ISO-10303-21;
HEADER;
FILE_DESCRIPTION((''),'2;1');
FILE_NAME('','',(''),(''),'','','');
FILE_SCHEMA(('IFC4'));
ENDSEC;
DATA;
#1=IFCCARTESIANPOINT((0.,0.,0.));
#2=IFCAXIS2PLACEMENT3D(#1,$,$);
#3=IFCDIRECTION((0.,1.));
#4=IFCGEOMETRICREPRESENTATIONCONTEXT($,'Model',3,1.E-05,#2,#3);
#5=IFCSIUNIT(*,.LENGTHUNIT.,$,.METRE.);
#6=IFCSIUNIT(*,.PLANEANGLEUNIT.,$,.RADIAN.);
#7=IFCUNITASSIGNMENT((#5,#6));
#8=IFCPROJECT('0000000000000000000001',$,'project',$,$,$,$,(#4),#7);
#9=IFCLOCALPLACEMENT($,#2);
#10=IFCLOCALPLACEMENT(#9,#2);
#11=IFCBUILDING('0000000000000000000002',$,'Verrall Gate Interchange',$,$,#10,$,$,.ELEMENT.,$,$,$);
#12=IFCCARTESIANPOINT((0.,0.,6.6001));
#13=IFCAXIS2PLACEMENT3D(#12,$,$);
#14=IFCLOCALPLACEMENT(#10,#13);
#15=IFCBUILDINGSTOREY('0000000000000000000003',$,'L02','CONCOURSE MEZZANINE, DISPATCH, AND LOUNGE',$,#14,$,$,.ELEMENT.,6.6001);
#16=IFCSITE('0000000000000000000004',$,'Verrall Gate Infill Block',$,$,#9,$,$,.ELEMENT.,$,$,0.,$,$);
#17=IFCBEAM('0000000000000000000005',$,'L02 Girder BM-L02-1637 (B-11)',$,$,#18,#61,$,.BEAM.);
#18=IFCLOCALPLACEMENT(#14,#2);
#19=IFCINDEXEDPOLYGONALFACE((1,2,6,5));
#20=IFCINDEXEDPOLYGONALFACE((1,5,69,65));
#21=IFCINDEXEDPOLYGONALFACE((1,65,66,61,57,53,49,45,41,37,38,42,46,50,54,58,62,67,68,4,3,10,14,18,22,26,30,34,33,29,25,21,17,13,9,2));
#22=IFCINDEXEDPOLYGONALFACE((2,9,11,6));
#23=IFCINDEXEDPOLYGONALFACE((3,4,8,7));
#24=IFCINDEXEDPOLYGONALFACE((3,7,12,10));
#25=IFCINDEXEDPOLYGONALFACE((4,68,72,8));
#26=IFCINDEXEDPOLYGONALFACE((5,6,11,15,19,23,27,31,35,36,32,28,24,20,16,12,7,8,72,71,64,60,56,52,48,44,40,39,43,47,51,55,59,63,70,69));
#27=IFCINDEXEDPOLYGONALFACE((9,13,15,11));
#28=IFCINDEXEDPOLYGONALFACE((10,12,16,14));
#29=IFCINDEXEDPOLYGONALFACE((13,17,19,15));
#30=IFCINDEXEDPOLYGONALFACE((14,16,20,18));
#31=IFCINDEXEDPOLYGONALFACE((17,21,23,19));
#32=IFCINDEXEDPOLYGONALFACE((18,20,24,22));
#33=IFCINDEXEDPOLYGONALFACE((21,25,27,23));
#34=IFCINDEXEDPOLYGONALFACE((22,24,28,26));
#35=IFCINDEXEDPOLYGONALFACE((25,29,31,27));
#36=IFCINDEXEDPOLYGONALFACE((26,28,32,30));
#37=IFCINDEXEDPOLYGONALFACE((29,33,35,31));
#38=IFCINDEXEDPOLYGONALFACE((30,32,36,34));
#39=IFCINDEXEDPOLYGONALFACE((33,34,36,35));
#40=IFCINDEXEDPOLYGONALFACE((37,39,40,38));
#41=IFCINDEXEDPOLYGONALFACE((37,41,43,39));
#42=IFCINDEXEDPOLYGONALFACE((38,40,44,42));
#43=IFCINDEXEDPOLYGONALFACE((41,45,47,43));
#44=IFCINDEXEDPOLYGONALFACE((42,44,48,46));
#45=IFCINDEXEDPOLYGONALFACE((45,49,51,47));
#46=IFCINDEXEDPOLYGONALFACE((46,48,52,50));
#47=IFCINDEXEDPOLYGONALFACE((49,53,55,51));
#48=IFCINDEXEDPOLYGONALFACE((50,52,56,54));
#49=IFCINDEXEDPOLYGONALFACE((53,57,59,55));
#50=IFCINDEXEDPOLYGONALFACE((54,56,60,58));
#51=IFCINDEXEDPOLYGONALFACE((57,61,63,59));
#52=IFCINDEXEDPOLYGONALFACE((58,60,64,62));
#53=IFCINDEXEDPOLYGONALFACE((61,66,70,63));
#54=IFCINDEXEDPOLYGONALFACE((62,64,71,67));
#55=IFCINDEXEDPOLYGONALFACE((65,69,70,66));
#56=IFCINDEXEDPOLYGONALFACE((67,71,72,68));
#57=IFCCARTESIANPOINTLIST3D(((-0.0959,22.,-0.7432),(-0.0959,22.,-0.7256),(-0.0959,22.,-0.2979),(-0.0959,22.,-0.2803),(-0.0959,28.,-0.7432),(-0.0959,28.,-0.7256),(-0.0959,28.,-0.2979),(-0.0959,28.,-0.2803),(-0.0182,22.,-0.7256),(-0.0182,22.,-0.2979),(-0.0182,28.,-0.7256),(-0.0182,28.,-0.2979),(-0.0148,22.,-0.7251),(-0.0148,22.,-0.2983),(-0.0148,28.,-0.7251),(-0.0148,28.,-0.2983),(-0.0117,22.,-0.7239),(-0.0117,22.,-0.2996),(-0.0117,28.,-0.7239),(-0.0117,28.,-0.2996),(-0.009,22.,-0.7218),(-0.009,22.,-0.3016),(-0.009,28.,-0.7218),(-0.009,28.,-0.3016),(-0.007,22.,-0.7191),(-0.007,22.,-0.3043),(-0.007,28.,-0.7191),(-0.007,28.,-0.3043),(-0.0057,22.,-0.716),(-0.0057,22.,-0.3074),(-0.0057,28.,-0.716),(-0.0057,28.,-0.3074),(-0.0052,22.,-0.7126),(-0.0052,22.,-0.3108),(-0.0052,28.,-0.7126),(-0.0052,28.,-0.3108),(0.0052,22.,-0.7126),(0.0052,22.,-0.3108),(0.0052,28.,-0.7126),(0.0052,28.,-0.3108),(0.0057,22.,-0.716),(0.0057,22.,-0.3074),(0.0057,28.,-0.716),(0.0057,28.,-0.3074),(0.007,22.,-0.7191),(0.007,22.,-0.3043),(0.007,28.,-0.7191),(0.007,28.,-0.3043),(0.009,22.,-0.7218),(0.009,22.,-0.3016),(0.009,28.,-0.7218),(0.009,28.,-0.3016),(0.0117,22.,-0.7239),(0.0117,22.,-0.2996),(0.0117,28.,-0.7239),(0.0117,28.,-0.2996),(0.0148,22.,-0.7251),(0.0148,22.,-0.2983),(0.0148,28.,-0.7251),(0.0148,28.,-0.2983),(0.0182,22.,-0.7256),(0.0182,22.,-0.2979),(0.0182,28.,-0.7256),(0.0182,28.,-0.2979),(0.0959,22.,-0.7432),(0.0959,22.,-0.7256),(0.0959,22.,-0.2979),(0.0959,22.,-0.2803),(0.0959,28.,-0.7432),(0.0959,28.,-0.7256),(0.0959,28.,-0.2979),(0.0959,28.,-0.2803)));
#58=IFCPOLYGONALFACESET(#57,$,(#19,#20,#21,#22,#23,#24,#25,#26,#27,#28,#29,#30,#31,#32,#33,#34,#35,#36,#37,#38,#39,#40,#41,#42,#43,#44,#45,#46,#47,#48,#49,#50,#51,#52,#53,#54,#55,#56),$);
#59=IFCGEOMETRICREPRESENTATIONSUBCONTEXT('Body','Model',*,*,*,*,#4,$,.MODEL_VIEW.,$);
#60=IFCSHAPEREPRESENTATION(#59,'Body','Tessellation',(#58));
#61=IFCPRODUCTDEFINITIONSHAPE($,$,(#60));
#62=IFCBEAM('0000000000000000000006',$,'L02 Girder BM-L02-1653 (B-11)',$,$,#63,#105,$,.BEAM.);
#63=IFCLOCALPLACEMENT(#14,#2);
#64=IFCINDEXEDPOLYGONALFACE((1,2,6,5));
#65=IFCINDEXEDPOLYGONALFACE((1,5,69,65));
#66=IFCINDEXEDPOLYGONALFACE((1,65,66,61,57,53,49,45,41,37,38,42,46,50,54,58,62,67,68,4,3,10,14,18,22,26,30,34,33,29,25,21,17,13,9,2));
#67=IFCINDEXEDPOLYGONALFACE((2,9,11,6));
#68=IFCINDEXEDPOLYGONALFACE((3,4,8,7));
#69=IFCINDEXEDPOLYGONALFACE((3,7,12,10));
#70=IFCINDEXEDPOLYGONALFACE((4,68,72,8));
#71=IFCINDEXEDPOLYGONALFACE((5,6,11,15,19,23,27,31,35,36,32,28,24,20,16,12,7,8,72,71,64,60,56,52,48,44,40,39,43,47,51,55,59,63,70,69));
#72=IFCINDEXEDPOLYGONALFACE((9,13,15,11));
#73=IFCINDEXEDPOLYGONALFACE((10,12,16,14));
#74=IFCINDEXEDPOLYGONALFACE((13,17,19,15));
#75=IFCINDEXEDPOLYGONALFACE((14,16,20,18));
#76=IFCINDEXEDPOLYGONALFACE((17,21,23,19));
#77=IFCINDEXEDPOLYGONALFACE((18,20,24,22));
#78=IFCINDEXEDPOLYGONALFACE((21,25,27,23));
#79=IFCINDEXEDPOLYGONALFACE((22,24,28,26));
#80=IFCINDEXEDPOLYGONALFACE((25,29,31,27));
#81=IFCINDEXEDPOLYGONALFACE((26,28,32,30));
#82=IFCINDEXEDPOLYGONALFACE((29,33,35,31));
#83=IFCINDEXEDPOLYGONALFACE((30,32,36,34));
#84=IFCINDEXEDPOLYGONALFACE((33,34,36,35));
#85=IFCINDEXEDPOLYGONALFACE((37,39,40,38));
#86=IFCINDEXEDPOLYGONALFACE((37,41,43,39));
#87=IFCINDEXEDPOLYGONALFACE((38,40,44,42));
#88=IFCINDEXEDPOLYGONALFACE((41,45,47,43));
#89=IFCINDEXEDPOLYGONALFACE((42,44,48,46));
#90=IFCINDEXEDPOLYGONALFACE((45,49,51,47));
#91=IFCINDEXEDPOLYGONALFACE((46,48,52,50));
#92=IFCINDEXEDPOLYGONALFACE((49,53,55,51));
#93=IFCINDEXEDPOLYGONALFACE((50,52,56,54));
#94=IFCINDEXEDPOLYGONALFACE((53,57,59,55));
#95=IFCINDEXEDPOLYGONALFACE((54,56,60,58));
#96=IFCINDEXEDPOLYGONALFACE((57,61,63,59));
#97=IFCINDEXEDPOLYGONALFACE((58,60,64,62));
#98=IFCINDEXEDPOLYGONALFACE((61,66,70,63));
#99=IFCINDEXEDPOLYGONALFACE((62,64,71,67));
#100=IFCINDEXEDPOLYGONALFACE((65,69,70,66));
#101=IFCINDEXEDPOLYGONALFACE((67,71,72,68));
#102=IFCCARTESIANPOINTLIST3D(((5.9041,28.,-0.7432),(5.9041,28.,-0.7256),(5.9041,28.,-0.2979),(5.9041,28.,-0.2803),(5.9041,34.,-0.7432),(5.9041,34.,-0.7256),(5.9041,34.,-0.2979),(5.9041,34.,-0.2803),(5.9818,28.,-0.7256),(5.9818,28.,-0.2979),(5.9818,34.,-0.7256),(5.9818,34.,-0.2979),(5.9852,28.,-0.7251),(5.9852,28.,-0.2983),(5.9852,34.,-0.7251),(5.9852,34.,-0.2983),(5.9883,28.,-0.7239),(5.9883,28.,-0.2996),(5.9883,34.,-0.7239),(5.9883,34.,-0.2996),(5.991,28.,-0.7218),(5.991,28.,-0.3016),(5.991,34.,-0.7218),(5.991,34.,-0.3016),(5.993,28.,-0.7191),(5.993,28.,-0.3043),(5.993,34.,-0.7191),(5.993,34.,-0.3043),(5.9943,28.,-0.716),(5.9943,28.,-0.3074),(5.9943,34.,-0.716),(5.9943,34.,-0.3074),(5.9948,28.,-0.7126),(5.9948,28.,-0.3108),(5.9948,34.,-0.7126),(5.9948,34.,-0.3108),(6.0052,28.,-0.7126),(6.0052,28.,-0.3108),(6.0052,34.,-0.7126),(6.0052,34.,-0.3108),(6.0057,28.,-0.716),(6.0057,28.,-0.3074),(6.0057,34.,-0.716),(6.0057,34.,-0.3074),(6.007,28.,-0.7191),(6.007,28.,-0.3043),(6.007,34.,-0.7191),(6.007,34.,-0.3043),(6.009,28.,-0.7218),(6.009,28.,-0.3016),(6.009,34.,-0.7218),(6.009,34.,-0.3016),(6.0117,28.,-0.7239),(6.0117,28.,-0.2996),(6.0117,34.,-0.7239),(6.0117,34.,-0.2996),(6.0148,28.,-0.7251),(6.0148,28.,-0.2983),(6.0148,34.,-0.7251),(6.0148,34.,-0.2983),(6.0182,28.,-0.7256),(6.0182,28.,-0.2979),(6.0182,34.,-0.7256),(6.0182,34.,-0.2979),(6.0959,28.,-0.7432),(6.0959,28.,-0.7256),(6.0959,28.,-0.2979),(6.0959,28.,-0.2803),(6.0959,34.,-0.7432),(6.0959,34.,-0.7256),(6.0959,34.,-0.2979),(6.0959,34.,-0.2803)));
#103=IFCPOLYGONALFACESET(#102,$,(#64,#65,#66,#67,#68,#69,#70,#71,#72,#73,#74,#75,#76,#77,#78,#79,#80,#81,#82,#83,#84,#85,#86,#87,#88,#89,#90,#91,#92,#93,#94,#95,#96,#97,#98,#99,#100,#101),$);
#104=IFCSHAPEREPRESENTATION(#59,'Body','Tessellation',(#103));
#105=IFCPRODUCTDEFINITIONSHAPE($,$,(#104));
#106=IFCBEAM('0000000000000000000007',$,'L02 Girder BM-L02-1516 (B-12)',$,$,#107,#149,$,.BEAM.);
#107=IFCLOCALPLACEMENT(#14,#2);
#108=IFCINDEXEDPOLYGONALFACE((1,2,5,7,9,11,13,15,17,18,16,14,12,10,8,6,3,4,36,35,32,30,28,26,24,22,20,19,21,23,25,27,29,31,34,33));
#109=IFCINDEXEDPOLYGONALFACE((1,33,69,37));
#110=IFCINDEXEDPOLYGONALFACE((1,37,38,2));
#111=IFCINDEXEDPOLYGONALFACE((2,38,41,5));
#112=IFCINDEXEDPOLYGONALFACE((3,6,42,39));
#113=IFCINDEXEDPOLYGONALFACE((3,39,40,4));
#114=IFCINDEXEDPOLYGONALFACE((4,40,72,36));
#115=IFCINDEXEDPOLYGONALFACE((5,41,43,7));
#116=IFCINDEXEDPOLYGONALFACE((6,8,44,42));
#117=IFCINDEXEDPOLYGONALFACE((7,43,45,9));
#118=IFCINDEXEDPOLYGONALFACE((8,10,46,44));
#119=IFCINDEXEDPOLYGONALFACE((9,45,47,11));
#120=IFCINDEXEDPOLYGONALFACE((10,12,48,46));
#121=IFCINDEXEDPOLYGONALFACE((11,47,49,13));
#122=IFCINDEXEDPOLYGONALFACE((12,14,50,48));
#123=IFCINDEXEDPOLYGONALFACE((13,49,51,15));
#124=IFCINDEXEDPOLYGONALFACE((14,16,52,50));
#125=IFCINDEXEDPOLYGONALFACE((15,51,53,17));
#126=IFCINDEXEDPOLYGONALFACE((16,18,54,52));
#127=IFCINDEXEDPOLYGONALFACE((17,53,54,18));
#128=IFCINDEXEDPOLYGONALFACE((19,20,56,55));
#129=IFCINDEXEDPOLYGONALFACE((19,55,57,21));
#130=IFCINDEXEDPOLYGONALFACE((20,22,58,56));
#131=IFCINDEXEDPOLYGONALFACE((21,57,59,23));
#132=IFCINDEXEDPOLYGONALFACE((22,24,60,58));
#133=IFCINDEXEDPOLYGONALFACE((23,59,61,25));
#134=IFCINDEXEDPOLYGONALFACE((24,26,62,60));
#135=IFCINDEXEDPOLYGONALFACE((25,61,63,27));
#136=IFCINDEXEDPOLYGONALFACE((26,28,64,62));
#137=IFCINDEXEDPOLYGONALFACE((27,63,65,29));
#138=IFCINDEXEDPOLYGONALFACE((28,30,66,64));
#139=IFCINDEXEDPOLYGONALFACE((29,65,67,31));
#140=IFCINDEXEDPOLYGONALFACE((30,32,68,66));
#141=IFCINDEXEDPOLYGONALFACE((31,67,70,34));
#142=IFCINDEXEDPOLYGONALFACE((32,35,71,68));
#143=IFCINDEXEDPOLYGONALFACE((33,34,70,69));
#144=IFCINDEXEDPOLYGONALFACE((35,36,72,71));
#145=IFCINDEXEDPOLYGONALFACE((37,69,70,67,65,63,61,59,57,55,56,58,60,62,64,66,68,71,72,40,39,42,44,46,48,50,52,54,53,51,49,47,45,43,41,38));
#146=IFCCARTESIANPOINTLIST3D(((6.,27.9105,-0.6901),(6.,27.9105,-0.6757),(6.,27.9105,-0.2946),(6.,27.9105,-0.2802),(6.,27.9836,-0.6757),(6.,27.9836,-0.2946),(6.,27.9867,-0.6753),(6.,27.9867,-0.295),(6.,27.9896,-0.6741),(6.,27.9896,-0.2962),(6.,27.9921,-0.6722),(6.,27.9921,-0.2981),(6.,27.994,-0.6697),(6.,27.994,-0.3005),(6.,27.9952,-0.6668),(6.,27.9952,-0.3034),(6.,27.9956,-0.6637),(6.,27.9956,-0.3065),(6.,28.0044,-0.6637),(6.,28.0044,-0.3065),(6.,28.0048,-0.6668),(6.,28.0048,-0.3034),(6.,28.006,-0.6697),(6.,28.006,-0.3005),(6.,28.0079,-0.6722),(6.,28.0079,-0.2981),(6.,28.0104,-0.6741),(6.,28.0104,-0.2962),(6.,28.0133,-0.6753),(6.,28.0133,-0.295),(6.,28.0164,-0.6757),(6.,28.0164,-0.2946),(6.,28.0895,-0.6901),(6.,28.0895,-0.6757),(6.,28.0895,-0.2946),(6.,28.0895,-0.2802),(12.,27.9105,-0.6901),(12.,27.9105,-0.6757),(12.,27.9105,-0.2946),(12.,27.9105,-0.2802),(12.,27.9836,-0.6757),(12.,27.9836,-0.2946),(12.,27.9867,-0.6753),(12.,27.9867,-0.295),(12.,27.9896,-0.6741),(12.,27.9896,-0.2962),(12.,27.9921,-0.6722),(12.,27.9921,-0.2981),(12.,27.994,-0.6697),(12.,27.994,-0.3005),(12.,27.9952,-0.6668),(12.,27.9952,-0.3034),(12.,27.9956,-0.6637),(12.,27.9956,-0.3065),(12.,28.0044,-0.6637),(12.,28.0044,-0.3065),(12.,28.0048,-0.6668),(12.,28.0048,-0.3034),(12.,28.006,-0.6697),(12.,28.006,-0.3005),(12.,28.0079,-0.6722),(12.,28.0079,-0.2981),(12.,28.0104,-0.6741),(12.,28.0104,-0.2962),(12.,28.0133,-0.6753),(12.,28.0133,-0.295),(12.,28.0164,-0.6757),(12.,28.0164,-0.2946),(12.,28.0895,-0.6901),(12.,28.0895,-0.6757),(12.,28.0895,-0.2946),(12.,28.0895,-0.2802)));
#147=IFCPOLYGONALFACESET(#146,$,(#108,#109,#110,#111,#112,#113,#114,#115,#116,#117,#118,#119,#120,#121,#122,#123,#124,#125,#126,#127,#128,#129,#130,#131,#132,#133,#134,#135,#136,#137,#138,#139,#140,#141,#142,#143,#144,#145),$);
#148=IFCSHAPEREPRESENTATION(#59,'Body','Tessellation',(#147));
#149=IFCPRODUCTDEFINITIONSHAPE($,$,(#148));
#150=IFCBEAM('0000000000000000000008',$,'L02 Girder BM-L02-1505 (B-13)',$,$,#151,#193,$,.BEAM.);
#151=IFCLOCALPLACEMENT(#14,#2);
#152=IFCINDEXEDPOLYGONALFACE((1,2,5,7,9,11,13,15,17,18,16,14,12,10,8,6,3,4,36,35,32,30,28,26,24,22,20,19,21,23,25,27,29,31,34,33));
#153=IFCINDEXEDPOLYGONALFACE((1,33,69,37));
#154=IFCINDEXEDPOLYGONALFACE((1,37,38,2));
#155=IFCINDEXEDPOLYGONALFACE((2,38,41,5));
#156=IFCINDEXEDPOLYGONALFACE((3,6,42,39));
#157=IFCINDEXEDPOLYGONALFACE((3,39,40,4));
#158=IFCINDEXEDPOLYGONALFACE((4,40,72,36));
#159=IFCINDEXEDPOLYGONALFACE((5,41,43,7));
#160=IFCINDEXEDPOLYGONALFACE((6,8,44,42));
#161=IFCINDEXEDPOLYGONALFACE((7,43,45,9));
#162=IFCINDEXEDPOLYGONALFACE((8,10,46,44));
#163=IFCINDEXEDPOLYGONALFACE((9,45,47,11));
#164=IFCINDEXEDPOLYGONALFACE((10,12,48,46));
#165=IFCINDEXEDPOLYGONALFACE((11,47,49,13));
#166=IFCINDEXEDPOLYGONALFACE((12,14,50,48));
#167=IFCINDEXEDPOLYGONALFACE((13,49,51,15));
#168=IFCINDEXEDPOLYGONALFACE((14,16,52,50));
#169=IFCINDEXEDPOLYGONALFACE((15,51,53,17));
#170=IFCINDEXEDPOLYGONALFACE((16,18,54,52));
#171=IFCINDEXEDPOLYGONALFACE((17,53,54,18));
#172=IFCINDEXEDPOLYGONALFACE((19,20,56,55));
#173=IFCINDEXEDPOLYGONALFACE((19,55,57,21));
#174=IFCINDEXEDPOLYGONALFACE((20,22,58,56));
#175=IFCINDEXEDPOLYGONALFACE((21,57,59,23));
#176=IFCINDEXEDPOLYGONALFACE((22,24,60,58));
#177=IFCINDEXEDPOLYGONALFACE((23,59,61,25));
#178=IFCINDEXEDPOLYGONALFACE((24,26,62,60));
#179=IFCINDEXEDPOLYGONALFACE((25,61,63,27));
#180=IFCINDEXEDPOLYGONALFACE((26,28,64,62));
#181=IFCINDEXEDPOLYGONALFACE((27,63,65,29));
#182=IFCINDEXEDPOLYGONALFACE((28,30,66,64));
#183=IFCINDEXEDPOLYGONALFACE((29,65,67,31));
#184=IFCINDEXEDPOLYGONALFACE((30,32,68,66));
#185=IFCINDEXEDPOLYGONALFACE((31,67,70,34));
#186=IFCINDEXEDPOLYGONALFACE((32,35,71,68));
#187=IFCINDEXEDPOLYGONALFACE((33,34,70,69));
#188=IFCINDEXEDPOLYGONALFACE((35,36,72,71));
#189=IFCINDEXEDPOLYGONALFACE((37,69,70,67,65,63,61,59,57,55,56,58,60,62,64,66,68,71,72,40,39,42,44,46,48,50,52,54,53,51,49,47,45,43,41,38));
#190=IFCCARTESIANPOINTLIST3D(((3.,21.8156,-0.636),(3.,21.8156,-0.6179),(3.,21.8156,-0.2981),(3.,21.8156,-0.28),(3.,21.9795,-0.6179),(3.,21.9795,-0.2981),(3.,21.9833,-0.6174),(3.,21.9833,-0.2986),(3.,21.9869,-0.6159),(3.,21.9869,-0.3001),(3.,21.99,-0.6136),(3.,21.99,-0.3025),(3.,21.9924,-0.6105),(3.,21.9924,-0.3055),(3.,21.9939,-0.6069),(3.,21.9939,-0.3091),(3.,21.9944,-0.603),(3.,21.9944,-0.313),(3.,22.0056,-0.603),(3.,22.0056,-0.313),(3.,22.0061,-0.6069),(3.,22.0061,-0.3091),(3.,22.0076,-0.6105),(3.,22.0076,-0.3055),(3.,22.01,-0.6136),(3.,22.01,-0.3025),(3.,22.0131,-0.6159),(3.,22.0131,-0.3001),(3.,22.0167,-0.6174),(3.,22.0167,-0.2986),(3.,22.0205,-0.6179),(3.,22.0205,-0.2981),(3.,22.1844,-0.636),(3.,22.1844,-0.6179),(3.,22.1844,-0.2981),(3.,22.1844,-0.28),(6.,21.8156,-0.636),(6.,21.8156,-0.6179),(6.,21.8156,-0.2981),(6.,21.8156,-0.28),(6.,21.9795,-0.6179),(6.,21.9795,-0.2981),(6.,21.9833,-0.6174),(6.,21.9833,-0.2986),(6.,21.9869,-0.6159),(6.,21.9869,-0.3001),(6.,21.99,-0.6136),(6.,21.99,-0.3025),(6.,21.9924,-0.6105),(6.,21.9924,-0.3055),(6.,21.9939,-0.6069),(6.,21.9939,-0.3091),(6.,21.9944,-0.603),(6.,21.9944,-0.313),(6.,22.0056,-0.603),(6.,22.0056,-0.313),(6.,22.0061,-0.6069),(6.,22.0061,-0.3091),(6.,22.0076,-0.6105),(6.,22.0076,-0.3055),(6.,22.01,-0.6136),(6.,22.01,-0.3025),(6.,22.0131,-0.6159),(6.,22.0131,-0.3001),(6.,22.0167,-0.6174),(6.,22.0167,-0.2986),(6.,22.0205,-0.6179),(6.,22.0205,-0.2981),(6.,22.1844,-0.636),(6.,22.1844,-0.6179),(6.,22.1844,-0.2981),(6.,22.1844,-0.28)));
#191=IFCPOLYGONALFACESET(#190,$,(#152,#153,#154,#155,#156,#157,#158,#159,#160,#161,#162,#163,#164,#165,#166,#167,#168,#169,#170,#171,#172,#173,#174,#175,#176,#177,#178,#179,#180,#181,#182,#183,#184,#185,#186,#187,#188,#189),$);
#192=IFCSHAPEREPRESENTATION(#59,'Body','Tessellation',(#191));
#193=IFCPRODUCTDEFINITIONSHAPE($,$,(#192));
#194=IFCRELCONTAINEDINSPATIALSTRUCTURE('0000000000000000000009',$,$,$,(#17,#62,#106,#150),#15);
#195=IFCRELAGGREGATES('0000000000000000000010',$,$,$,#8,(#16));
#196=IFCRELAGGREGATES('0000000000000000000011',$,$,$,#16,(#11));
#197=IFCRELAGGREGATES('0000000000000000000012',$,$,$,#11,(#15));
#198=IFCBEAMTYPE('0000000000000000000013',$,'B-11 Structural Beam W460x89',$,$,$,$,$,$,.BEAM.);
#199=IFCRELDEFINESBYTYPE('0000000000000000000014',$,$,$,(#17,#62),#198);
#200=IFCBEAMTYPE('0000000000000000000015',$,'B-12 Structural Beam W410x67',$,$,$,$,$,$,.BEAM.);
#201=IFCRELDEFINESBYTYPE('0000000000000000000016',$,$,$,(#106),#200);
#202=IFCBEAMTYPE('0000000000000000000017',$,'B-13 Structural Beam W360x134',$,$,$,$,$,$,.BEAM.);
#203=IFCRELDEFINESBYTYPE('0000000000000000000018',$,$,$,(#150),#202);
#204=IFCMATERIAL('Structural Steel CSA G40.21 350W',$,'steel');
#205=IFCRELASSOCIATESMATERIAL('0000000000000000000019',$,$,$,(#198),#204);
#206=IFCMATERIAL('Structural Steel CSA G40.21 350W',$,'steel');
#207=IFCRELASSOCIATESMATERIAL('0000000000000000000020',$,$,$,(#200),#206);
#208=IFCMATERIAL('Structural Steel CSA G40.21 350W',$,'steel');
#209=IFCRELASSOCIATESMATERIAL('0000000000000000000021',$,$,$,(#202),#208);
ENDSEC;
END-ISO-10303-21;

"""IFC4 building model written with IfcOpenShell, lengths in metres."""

from ifc_helpers import new_model, si_unit, direction, frame, origin, origin_2d, place, context, subcontext, project, spatial, i_section, extrude, material, material_profile, profile_set, type_object, element, save


model = new_model("IFC4")

# Units and contexts
model_context = context("Model", 3, precision=1e-05, world=origin(), true_north=direction((0.0, 1.0)))
body_context = subcontext(model_context, "Body", "Model", "MODEL_VIEW")
ifc_project = project(units=[si_unit("LENGTHUNIT", "METRE"), si_unit("PLANEANGLEUNIT", "RADIAN")], contexts=[model_context])

# Site, building, storey
site_placement = place(None, origin())
site = spatial("IfcSite", under=ifc_project, at=site_placement, Name="Verrall Gate Infill Block", CompositionType="ELEMENT", RefElevation=0.0)
building_placement = place(site_placement, origin())
building = spatial("IfcBuilding", under=site, at=building_placement, Name="Verrall Gate Interchange", CompositionType="ELEMENT")
storey_placement = place(building_placement, frame((0.0, 0.0, 6.6001)))
storey = spatial("IfcBuildingStorey", under=building, at=storey_placement, Name="L02", Description="CONCOURSE MEZZANINE, DISPATCH, AND LOUNGE", CompositionType="ELEMENT", Elevation=6.6001)

# Beams
ifc_material_1 = material(Name="Structural Steel CSA G40.21 350W", Category="steel")
ifc_material_profile_1 = material_profile(ifc_material_1, i_section(OverallWidth=0.1919, OverallDepth=0.4629, WebThickness=0.0105, FlangeThickness=0.0176, FilletRadius=0.0129, at=origin_2d()), Name="W460x89")
ifc_profile_set_1 = profile_set([ifc_material_profile_1], Name="Structural Steel CSA G40.21 350W")
beam_type_1 = type_object("IfcBeamType", Name="B-11 Structural Beam W460x89", PredefinedType="BEAM", material=ifc_profile_set_1)
for number, where, z_axis, x_axis, name in (
    (1, (0.0, 22.0, -0.5117), (0.0, 1.0, 0.0), (-1.0, 0.0, 0.0), "L02 Girder BM-L02-1637 (B-11)"),
    (2, (6.0, 28.0, -0.5117), (0.0, 1.0, 0.0), (-1.0, 0.0, 0.0), "L02 Girder BM-L02-1653 (B-11)"),
):
    element("IfcBeam", number, at=place(storey_placement, frame(where, z_axis=z_axis, x_axis=x_axis)), inside=storey, type_object=beam_type_1, Name=name, PredefinedType="BEAM", context=body_context, shape_type="SweptSolid", body=[
        extrude(i_section(OverallWidth=0.1919, OverallDepth=0.4629, WebThickness=0.0105, FlangeThickness=0.0176, FilletRadius=0.0129, at=origin_2d()), origin(), (0.0, 0.0, 1.0), 6.0),
    ])
ifc_material_2 = material(Name="Structural Steel CSA G40.21 350W", Category="steel")
ifc_material_profile_2 = material_profile(ifc_material_2, i_section(OverallWidth=0.179, OverallDepth=0.4099, WebThickness=0.0088, FlangeThickness=0.0144, FilletRadius=0.012, at=origin_2d()), Name="W410x67")
ifc_profile_set_2 = profile_set([ifc_material_profile_2], Name="Structural Steel CSA G40.21 350W")
beam_type_2 = type_object("IfcBeamType", Name="B-12 Structural Beam W410x67", PredefinedType="BEAM", material=ifc_profile_set_2)
beam_1_placement = place(storey_placement, frame((6.0, 28.0, -0.4851), z_axis=(1.0, 0.0, 0.0), x_axis=(0.0, 1.0, 0.0)))
element("IfcBeam", 3, at=beam_1_placement, inside=storey, type_object=beam_type_2, Name="L02 Girder BM-L02-1516 (B-12)", PredefinedType="BEAM", context=body_context, shape_type="SweptSolid", body=[
    extrude(i_section(OverallWidth=0.179, OverallDepth=0.4099, WebThickness=0.0088, FlangeThickness=0.0144, FilletRadius=0.012, at=origin_2d()), origin(), (0.0, 0.0, 1.0), 6.0),
])
ifc_material_3 = material(Name="Structural Steel CSA G40.21 350W", Category="steel")
ifc_material_profile_3 = material_profile(ifc_material_3, i_section(OverallWidth=0.3689, OverallDepth=0.356, WebThickness=0.0112, FlangeThickness=0.0181, FilletRadius=0.0149, at=origin_2d()), Name="W360x134")
ifc_profile_set_3 = profile_set([ifc_material_profile_3], Name="Structural Steel CSA G40.21 350W")
beam_type_3 = type_object("IfcBeamType", Name="B-13 Structural Beam W360x134", PredefinedType="BEAM", material=ifc_profile_set_3)
beam_2_placement = place(storey_placement, frame((3.0, 22.0, -0.458), z_axis=(1.0, 0.0, 0.0), x_axis=(0.0, 1.0, 0.0)))
element("IfcBeam", 4, at=beam_2_placement, inside=storey, type_object=beam_type_3, Name="L02 Girder BM-L02-1505 (B-13)", PredefinedType="BEAM", context=body_context, shape_type="SweptSolid", body=[
    extrude(i_section(OverallWidth=0.3689, OverallDepth=0.356, WebThickness=0.0112, FlangeThickness=0.0181, FilletRadius=0.0149, at=origin_2d()), origin(), (0.0, 0.0, 1.0), 3.0),
])

save(model, "model.ifc")
